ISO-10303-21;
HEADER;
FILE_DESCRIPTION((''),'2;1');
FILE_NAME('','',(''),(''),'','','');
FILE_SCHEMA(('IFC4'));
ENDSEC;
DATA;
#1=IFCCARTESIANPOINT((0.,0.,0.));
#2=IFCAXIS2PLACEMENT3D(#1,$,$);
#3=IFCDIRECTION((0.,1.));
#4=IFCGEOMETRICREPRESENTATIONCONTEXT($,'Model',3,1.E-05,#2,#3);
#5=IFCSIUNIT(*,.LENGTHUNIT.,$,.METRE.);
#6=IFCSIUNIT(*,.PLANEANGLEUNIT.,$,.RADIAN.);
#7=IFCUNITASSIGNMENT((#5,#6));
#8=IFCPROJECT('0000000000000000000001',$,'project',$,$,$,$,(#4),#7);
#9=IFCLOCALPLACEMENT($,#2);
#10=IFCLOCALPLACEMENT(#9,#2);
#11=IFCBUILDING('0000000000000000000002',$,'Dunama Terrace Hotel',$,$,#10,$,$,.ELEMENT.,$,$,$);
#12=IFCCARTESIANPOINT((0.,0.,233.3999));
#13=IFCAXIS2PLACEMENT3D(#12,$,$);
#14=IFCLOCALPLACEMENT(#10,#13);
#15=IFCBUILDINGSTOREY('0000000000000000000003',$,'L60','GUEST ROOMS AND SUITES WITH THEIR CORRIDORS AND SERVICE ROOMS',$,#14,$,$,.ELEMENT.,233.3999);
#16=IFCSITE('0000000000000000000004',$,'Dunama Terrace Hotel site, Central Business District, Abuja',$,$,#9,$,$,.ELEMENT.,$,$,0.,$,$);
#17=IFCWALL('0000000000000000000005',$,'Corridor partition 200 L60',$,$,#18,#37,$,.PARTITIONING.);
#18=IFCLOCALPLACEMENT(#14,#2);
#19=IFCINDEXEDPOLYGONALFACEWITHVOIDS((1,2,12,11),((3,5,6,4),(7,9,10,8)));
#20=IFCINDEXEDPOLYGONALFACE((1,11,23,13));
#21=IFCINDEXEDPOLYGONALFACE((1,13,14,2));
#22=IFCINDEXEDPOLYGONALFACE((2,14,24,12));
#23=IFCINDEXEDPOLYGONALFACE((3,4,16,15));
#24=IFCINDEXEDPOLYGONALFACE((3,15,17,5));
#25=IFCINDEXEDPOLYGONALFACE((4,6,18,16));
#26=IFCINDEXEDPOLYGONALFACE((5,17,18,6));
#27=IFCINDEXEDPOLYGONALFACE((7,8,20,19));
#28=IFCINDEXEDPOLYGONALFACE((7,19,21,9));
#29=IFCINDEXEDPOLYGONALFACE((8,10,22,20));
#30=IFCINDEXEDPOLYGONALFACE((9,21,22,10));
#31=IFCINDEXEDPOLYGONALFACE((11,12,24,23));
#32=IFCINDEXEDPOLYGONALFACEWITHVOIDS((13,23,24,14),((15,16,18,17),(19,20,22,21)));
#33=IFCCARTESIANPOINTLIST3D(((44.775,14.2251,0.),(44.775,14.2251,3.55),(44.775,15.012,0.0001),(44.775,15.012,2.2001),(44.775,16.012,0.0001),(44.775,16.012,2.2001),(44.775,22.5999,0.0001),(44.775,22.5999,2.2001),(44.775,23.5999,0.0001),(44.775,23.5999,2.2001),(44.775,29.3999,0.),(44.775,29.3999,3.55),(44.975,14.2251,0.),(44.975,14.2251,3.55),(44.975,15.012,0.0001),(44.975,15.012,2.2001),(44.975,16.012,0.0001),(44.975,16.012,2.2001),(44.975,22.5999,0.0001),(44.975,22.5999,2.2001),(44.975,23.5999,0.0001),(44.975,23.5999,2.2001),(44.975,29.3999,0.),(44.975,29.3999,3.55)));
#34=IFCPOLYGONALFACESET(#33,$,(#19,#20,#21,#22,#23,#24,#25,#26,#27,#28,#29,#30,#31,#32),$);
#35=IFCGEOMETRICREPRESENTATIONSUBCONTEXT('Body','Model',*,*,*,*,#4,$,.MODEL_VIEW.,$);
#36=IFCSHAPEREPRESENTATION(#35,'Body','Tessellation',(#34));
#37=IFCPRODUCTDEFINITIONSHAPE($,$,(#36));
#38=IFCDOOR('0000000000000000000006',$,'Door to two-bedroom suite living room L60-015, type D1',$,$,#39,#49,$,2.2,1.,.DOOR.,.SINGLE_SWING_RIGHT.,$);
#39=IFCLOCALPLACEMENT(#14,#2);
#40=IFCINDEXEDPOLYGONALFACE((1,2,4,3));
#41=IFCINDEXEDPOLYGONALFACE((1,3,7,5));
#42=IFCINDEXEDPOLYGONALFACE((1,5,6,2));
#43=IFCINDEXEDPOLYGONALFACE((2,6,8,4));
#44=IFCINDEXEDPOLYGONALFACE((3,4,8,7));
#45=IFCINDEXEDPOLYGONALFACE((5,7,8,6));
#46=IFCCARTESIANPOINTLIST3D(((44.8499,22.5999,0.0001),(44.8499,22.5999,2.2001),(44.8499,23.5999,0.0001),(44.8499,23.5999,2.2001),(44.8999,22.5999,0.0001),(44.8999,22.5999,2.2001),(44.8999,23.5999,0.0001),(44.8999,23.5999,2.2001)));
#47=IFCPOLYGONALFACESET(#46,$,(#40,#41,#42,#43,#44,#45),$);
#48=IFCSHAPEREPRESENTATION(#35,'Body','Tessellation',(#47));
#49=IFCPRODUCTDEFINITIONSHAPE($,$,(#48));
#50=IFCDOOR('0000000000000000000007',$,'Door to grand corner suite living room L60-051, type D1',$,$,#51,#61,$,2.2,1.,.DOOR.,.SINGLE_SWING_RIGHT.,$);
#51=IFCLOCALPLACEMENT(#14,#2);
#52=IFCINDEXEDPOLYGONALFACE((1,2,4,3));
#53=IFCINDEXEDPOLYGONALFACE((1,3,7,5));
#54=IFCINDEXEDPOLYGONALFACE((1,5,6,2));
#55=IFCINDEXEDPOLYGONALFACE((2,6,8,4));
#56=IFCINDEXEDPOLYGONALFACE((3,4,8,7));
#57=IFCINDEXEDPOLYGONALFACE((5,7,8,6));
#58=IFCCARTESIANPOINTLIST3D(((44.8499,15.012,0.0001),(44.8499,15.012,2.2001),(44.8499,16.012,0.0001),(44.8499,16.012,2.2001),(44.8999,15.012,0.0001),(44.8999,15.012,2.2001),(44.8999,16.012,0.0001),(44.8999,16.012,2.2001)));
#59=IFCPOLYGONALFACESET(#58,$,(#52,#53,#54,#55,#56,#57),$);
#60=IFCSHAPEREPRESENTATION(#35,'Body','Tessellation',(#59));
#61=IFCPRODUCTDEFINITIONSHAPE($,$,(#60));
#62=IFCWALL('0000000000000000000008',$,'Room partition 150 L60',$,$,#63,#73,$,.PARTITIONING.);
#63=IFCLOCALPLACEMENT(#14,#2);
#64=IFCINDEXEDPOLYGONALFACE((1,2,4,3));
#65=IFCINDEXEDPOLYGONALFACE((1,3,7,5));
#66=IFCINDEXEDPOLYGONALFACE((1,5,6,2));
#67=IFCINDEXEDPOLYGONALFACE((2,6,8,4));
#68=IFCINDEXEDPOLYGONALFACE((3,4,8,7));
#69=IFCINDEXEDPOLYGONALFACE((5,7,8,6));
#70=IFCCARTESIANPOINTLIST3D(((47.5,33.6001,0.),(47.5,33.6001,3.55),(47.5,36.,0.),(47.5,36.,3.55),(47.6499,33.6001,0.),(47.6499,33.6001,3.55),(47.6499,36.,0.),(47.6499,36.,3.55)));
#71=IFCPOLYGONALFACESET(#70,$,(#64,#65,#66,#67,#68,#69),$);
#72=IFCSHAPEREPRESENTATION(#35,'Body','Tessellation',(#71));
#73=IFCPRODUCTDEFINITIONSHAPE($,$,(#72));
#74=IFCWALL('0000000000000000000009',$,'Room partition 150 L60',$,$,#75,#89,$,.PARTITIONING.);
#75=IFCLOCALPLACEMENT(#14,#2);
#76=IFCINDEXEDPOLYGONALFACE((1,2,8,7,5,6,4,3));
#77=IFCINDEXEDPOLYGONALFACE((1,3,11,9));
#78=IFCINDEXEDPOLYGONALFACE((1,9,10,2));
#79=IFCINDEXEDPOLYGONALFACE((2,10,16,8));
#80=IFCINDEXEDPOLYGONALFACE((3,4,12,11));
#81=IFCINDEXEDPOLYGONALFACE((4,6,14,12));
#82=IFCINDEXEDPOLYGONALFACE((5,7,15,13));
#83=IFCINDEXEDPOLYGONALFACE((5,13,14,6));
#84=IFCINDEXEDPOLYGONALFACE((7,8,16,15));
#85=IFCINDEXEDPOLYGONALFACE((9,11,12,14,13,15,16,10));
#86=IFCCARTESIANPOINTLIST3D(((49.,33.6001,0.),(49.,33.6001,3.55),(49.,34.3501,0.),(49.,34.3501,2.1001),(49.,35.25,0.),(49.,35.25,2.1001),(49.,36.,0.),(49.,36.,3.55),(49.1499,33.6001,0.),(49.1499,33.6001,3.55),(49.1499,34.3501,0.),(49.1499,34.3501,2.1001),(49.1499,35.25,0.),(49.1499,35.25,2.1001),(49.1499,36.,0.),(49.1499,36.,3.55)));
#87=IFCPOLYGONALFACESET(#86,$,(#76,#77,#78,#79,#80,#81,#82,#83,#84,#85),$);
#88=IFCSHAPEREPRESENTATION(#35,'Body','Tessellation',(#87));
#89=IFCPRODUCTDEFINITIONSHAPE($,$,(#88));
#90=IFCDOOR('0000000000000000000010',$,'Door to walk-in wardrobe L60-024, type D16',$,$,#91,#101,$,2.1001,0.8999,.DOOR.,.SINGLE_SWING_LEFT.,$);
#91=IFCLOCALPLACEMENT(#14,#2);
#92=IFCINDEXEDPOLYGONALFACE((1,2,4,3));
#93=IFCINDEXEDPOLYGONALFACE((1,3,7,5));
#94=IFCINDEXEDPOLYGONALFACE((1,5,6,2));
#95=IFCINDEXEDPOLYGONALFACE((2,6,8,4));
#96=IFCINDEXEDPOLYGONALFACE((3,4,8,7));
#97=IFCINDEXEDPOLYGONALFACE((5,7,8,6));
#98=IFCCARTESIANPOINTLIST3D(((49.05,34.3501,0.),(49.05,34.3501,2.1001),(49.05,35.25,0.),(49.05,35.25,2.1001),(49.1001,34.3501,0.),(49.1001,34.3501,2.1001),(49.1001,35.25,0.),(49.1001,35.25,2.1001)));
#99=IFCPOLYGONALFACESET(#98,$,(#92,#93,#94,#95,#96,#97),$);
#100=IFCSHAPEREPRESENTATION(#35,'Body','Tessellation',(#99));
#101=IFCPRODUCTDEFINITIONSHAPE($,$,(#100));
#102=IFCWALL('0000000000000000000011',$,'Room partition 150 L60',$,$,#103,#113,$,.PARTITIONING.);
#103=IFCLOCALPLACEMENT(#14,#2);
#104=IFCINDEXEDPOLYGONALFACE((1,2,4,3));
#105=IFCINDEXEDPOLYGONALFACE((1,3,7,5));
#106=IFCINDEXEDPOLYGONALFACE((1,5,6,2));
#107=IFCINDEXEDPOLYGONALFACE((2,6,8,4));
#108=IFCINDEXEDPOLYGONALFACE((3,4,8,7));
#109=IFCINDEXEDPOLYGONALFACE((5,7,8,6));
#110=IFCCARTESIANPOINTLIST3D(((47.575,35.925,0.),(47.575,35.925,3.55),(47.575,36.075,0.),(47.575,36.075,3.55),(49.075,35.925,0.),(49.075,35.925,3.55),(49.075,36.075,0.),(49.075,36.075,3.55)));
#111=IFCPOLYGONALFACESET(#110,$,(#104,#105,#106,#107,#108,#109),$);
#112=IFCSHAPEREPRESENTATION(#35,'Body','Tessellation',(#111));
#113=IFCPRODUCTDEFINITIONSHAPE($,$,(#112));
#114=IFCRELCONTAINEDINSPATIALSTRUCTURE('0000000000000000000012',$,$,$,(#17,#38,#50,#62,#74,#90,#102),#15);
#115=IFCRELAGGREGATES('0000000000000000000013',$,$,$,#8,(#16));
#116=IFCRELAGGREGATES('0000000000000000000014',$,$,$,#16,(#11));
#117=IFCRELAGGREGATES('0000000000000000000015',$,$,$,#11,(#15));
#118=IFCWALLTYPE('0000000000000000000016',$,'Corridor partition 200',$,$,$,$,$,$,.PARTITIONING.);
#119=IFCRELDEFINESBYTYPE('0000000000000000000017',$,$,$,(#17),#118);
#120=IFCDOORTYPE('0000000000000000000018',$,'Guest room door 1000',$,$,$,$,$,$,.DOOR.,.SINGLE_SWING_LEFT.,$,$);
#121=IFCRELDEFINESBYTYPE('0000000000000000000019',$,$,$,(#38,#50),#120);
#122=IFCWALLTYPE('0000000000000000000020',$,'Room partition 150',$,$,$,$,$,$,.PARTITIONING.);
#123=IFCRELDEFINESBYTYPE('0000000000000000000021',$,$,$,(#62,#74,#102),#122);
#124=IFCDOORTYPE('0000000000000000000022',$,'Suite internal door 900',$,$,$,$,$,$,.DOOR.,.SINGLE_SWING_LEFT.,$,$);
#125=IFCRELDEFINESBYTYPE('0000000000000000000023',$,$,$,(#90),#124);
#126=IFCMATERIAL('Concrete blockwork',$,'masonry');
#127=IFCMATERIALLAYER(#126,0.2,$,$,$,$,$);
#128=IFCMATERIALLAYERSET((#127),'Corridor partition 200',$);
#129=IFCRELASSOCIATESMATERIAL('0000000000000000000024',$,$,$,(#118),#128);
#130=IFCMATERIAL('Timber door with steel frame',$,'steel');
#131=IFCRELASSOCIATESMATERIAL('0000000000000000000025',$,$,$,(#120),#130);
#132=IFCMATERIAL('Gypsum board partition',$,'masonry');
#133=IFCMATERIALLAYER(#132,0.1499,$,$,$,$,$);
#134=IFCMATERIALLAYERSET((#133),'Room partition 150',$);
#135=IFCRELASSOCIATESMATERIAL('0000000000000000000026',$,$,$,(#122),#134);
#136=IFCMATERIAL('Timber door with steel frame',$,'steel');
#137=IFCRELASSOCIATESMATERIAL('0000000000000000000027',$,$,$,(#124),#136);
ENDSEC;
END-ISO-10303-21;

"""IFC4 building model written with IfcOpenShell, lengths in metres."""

from ifc_helpers import new_model, si_unit, direction, frame, frame_2d, origin, place, context, subcontext, project, spatial, rectangle, extrude, material, layer, layer_set, type_object, element, fill, save


model = new_model("IFC4")

# Units and contexts
model_context = context("Model", 3, precision=1e-05, world=origin(), true_north=direction((0.0, 1.0)))
body_context = subcontext(model_context, "Body", "Model", "MODEL_VIEW")
ifc_project = project(units=[si_unit("LENGTHUNIT", "METRE"), si_unit("PLANEANGLEUNIT", "RADIAN")], contexts=[model_context])

# Site, building, storey
site_placement = place(None, origin())
site = spatial("IfcSite", under=ifc_project, at=site_placement, Name="Dunama Terrace Hotel site, Central Business District, Abuja", CompositionType="ELEMENT", RefElevation=0.0)
building_placement = place(site_placement, origin())
building = spatial("IfcBuilding", under=site, at=building_placement, Name="Dunama Terrace Hotel", CompositionType="ELEMENT")
storey_placement = place(building_placement, frame((0.0, 0.0, 233.3999)))
storey = spatial("IfcBuildingStorey", under=building, at=storey_placement, Name="L60", Description="GUEST ROOMS AND SUITES WITH THEIR CORRIDORS AND SERVICE ROOMS", CompositionType="ELEMENT", Elevation=233.3999)

# Shared definitions
ifc_material_1 = material(Name="Concrete blockwork", Category="masonry")
ifc_layer_1 = layer(ifc_material_1, 0.2)
ifc_layer_set_1 = layer_set([ifc_layer_1], Name="Corridor partition 200")
wall_type_1 = type_object("IfcWallType", Name="Corridor partition 200", PredefinedType="PARTITIONING", material=ifc_layer_set_1)

# Wall, openings, doors
wall_1_placement = place(storey_placement, frame((44.875, 29.3999, 0.0), z_axis=(0.0, 0.0, 1.0), x_axis=(0.0, -1.0, 0.0)))
wall_1 = element("IfcWall", 1, at=wall_1_placement, inside=storey, type_object=wall_type_1, Name="Corridor partition 200 L60", PredefinedType="PARTITIONING", context=body_context, shape_type="SweptSolid", body=[
    extrude(rectangle(XDim=15.1748, YDim=0.2, at=frame_2d((7.5874, 0.0))), origin(), (0.0, 0.0, 1.0), 3.55),
])
opening_1_placement = place(wall_1_placement, frame((5.8, 0.0, 0.0)))
opening_1 = element("IfcOpeningElement", 2, at=opening_1_placement, cuts=wall_1, PredefinedType="OPENING", context=body_context, shape_type="SweptSolid", body=[
    extrude(rectangle(XDim=1.0, YDim=2.2, at=frame_2d((0.5, 1.1001))), frame((0.0, 0.1099, 0.0), z_axis=(0.0, -1.0, 0.0), x_axis=(1.0, 0.0, 0.0)), (0.0, 0.0, 1.0), 0.22),
])
opening_2_placement = place(wall_1_placement, frame((13.3879, 0.0, 0.0)))
opening_2 = element("IfcOpeningElement", 3, at=opening_2_placement, cuts=wall_1, PredefinedType="OPENING", context=body_context, shape_type="SweptSolid", body=[
    extrude(rectangle(XDim=1.0, YDim=2.2, at=frame_2d((0.5, 1.1001))), frame((0.0, 0.1099, 0.0), z_axis=(0.0, -1.0, 0.0), x_axis=(1.0, 0.0, 0.0)), (0.0, 0.0, 1.0), 0.22),
])
ifc_material_2 = material(Name="Timber door with steel frame", Category="steel")
door_type_1 = type_object("IfcDoorType", Name="Guest room door 1000", OperationType="SINGLE_SWING_LEFT", PredefinedType="DOOR", material=ifc_material_2)
door_1_placement = place(opening_1_placement, origin())
door_1 = element("IfcDoor", 4, at=door_1_placement, inside=storey, type_object=door_type_1, Name="Door to two-bedroom suite living room L60-015, type D1", OperationType="SINGLE_SWING_RIGHT", OverallHeight=2.2, OverallWidth=1.0, PredefinedType="DOOR", context=body_context, shape_type="SweptSolid", body=[
    extrude(rectangle(XDim=1.0, YDim=2.2, at=frame_2d((0.5, 1.1001))), frame((0.0, 0.0249, 0.0), z_axis=(0.0, -1.0, 0.0), x_axis=(1.0, 0.0, 0.0)), (0.0, 0.0, 1.0), 0.05),
])
fill(opening_1, door_1)
door_2_placement = place(opening_2_placement, origin())
door_2 = element("IfcDoor", 5, at=door_2_placement, inside=storey, type_object=door_type_1, Name="Door to grand corner suite living room L60-051, type D1", OperationType="SINGLE_SWING_RIGHT", OverallHeight=2.2, OverallWidth=1.0, PredefinedType="DOOR", context=body_context, shape_type="SweptSolid", body=[
    extrude(rectangle(XDim=1.0, YDim=2.2, at=frame_2d((0.5, 1.1001))), frame((0.0, 0.0249, 0.0), z_axis=(0.0, -1.0, 0.0), x_axis=(1.0, 0.0, 0.0)), (0.0, 0.0, 1.0), 0.05),
])
fill(opening_2, door_2)

# Wall
ifc_material_3 = material(Name="Gypsum board partition", Category="masonry")
ifc_layer_2 = layer(ifc_material_3, 0.1499)
ifc_layer_set_2 = layer_set([ifc_layer_2], Name="Room partition 150")
wall_type_2 = type_object("IfcWallType", Name="Room partition 150", PredefinedType="PARTITIONING", material=ifc_layer_set_2)
wall_2_placement = place(storey_placement, frame((47.575, 33.6001, 0.0), z_axis=(0.0, 0.0, 1.0), x_axis=(0.0, 1.0, 0.0)))
element("IfcWall", 6, at=wall_2_placement, inside=storey, type_object=wall_type_2, Name="Room partition 150 L60", PredefinedType="PARTITIONING", context=body_context, shape_type="SweptSolid", body=[
    extrude(rectangle(XDim=2.3999, YDim=0.1499, at=frame_2d((1.2, 0.0))), origin(), (0.0, 0.0, 1.0), 3.55),
])

# Wall, opening, door
wall_3_placement = place(storey_placement, frame((49.075, 33.6001, 0.0), z_axis=(0.0, 0.0, 1.0), x_axis=(0.0, 1.0, 0.0)))
wall_3 = element("IfcWall", 7, at=wall_3_placement, inside=storey, type_object=wall_type_2, Name="Room partition 150 L60", PredefinedType="PARTITIONING", context=body_context, shape_type="SweptSolid", body=[
    extrude(rectangle(XDim=2.3999, YDim=0.1499, at=frame_2d((1.2, 0.0))), origin(), (0.0, 0.0, 1.0), 3.55),
])
opening_3_placement = place(wall_3_placement, frame((0.75, 0.0, 0.0)))
opening_3 = element("IfcOpeningElement", 8, at=opening_3_placement, cuts=wall_3, PredefinedType="OPENING", context=body_context, shape_type="SweptSolid", body=[
    extrude(rectangle(XDim=0.8999, YDim=2.1001, at=frame_2d((0.45, 1.05))), frame((0.0, 0.085, 0.0), z_axis=(0.0, -1.0, 0.0), x_axis=(1.0, 0.0, 0.0)), (0.0, 0.0, 1.0), 0.1699),
])
ifc_material_4 = material(Name="Timber door with steel frame", Category="steel")
door_type_2 = type_object("IfcDoorType", Name="Suite internal door 900", OperationType="SINGLE_SWING_LEFT", PredefinedType="DOOR", material=ifc_material_4)
door_3_placement = place(opening_3_placement, origin())
door_3 = element("IfcDoor", 9, at=door_3_placement, inside=storey, type_object=door_type_2, Name="Door to walk-in wardrobe L60-024, type D16", OperationType="SINGLE_SWING_LEFT", OverallHeight=2.1001, OverallWidth=0.8999, PredefinedType="DOOR", context=body_context, shape_type="SweptSolid", body=[
    extrude(rectangle(XDim=0.8999, YDim=2.1001, at=frame_2d((0.45, 1.05))), frame((0.0, 0.0249, 0.0), z_axis=(0.0, -1.0, 0.0), x_axis=(1.0, 0.0, 0.0)), (0.0, 0.0, 1.0), 0.05),
])
fill(opening_3, door_3)

# Wall
wall_4_placement = place(storey_placement, frame((47.575, 36.0, 0.0), z_axis=(0.0, 0.0, 1.0), x_axis=(1.0, 0.0, 0.0)))
element("IfcWall", 10, at=wall_4_placement, inside=storey, type_object=wall_type_2, Name="Room partition 150 L60", PredefinedType="PARTITIONING", context=body_context, shape_type="SweptSolid", body=[
    extrude(rectangle(XDim=1.5, YDim=0.1499, at=frame_2d((0.75, 0.0))), origin(), (0.0, 0.0, 1.0), 3.55),
])

save(model, "model.ifc")
